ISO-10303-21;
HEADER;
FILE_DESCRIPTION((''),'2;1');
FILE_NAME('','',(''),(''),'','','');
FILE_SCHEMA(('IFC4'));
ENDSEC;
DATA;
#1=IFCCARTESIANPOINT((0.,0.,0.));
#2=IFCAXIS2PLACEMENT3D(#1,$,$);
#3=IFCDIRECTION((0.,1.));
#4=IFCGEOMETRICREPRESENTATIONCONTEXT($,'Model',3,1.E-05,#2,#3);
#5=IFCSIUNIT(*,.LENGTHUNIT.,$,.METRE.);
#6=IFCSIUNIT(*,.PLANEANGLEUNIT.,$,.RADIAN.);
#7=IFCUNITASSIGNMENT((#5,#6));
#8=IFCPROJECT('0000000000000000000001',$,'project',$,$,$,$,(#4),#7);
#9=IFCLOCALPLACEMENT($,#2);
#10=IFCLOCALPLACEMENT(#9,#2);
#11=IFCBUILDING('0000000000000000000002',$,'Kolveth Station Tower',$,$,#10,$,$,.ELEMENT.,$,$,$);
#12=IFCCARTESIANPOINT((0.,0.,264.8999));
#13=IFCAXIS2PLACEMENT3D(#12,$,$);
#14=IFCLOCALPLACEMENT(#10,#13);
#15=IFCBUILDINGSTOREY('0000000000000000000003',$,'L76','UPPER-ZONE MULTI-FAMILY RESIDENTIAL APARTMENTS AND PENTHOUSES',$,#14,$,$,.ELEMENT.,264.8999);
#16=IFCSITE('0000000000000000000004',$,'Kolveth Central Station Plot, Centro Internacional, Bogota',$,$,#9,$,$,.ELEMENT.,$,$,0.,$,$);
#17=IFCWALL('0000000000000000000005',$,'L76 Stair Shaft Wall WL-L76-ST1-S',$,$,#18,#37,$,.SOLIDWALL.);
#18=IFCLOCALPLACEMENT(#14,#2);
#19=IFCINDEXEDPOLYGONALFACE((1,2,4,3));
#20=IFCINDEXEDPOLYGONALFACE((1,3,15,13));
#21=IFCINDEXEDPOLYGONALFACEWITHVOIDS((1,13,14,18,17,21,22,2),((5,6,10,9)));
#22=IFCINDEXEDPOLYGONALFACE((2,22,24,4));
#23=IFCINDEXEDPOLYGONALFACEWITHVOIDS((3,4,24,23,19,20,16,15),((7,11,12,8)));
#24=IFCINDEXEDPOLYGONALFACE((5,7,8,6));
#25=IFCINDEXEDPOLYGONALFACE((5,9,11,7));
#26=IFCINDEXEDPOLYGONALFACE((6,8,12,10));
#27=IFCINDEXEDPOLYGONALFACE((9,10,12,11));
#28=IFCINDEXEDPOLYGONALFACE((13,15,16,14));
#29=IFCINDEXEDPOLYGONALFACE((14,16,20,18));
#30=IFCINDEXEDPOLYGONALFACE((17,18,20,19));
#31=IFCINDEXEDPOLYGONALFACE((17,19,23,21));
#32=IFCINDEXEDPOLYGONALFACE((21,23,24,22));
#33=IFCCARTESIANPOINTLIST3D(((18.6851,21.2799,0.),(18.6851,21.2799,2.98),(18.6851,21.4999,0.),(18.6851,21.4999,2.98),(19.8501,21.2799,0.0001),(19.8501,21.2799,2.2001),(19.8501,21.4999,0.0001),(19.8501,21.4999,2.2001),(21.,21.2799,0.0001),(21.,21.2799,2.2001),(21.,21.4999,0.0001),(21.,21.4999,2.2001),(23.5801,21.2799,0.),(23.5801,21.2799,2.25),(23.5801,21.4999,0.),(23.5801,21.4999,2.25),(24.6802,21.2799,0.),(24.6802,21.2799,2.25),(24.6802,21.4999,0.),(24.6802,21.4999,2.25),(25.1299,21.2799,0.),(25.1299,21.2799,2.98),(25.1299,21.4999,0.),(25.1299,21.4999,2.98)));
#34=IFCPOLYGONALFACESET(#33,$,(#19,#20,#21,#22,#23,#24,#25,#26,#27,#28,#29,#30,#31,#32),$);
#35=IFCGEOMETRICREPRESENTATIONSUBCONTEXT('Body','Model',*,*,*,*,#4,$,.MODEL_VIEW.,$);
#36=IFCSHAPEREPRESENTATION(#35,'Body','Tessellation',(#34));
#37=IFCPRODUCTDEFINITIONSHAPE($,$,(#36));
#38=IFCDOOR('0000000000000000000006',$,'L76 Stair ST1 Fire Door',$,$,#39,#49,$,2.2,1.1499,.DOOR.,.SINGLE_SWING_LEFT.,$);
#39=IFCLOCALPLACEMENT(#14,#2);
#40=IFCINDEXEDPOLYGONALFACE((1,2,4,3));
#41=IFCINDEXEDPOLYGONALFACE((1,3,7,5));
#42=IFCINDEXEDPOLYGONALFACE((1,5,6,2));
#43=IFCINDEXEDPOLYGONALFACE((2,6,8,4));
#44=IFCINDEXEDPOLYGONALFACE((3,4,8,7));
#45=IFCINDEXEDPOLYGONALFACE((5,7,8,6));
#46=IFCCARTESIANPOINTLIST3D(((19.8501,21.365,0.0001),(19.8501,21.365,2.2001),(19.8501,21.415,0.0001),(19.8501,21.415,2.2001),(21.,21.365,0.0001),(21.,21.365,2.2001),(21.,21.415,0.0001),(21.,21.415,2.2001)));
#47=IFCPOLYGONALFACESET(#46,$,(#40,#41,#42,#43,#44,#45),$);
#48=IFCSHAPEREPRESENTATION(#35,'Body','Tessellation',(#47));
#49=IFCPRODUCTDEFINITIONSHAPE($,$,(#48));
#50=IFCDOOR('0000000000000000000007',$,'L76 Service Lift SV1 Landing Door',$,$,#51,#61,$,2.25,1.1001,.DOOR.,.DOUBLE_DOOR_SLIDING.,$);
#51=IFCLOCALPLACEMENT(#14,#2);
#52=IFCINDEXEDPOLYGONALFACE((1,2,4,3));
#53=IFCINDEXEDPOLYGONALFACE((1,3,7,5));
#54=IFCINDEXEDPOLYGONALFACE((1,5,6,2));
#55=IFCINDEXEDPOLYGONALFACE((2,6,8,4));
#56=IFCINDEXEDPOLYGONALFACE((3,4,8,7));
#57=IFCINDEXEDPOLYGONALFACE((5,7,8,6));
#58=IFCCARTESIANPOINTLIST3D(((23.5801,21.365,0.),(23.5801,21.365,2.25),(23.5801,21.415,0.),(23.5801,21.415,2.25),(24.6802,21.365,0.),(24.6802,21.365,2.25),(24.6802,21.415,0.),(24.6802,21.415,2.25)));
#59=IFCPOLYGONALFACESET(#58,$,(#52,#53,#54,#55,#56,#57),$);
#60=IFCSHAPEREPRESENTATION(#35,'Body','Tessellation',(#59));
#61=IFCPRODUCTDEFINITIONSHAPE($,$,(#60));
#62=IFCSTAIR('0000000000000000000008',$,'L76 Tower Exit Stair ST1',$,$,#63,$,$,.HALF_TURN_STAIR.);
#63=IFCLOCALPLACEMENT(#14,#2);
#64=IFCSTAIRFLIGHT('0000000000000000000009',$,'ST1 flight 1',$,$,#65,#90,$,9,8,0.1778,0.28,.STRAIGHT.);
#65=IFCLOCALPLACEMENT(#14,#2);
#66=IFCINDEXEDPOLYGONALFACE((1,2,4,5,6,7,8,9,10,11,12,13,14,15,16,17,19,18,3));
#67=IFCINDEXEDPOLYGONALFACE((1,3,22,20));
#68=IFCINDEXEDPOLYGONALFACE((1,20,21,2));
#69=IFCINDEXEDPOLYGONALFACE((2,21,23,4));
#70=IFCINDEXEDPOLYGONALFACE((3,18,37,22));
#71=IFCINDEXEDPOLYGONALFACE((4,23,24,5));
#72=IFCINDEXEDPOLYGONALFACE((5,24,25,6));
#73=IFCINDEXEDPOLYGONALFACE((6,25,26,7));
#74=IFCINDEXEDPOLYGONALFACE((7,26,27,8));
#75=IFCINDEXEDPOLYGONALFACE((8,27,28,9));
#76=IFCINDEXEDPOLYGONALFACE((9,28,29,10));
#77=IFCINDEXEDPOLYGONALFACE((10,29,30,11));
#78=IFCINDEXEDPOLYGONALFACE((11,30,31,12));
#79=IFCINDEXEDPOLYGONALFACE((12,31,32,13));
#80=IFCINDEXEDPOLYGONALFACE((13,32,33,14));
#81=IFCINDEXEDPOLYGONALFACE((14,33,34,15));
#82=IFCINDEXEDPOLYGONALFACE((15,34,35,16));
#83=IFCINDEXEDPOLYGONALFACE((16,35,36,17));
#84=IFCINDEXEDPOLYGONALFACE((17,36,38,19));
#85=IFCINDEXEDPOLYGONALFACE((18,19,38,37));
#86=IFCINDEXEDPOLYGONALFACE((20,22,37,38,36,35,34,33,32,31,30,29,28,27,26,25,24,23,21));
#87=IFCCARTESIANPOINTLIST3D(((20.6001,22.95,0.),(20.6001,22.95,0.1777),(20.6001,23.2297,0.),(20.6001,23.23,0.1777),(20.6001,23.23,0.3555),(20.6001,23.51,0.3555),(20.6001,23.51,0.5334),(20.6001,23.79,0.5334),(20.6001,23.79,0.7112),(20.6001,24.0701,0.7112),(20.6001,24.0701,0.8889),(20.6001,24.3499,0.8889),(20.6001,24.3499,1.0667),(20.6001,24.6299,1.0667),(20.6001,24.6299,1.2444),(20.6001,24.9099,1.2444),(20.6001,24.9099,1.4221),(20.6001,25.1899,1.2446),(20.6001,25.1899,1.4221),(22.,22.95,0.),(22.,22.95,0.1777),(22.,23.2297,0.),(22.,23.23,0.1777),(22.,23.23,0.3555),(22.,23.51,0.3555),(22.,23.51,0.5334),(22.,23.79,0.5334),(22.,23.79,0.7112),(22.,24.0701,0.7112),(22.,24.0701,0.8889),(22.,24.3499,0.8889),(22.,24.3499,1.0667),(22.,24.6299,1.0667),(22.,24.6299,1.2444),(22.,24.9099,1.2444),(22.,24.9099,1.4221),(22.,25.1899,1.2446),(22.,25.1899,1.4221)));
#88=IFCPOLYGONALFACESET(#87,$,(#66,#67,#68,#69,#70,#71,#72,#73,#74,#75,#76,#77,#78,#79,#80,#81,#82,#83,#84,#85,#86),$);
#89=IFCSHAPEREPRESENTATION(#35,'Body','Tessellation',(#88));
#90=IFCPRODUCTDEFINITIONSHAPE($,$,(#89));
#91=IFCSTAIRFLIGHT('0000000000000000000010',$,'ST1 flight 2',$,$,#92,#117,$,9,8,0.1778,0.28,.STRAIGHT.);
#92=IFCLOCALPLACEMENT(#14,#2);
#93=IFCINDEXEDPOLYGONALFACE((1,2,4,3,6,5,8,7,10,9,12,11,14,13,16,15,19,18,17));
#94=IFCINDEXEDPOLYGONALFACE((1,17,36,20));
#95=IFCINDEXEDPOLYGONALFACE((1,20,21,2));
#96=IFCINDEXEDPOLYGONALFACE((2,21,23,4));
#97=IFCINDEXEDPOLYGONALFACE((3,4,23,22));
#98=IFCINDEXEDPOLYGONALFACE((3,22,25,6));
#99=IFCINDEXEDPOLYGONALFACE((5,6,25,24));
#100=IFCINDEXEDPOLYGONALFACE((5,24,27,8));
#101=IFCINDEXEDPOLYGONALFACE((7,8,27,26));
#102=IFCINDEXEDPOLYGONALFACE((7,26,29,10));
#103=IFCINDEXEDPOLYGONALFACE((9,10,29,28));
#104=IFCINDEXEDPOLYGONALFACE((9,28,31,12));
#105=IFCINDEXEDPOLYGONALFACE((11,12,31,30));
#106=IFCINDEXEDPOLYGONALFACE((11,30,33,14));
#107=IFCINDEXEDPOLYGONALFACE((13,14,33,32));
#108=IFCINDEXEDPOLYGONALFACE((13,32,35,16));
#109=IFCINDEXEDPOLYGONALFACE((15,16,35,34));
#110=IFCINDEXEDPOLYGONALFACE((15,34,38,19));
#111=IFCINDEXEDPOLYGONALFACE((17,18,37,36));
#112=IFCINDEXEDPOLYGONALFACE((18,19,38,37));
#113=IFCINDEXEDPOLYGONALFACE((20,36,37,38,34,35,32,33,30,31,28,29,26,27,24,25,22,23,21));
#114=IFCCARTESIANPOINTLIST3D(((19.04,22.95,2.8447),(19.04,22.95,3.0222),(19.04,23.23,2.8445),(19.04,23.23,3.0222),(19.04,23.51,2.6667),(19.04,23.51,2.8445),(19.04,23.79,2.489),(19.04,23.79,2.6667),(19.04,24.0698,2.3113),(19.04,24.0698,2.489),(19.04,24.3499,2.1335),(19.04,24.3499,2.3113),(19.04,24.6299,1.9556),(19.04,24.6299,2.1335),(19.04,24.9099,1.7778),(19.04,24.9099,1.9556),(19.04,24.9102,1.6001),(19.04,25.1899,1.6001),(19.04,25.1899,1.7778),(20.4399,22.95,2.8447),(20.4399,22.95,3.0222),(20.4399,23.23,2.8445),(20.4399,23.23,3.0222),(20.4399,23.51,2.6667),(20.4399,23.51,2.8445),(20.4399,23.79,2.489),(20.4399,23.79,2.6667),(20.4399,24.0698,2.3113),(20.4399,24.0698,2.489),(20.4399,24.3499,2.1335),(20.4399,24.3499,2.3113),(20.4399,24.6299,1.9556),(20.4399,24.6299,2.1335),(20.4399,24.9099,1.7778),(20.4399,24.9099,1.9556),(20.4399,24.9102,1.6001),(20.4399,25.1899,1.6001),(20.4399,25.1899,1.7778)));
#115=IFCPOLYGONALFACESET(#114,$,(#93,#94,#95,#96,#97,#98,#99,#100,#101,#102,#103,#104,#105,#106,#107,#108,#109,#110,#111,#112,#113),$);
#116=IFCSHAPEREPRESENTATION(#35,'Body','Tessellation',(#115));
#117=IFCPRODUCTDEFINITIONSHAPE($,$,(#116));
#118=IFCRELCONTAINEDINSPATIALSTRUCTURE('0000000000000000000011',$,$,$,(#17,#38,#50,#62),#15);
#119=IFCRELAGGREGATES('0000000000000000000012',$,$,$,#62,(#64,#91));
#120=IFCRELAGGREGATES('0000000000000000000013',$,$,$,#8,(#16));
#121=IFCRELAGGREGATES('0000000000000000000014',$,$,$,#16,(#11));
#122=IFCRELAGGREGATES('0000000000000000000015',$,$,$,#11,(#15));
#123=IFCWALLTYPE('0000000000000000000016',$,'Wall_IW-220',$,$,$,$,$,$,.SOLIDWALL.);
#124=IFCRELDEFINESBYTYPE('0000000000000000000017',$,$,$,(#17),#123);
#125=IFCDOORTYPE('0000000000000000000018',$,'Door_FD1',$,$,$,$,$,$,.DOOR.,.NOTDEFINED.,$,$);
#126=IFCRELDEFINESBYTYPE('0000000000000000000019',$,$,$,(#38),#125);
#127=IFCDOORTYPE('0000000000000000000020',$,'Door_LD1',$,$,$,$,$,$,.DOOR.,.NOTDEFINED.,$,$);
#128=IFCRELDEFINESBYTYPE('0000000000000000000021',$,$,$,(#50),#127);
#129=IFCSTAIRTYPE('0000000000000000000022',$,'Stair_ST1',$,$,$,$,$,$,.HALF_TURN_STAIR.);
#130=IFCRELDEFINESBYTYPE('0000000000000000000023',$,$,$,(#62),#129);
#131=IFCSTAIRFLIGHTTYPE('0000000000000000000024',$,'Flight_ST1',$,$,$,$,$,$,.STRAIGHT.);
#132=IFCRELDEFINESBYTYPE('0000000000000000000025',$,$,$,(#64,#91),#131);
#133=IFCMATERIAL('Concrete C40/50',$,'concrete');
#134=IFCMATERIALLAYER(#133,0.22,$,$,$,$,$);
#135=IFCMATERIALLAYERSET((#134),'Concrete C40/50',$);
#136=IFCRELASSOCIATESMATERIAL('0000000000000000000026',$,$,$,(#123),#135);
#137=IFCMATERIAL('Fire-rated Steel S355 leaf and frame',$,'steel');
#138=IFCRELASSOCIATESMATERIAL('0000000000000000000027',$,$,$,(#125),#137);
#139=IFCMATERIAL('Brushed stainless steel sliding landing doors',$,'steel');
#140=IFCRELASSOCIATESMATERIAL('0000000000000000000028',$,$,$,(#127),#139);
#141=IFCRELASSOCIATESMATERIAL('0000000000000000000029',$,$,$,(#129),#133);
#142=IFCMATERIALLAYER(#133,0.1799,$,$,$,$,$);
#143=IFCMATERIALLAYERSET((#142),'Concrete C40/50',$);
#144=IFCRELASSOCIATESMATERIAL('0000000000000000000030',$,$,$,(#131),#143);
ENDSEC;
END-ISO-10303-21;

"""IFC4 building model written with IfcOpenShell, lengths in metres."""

from ifc_helpers import new_model, si_unit, direction, frame, frame_2d, origin, place, context, subcontext, project, spatial, polyline, rectangle, outline, extrude, material, layer, layer_set, type_object, element, fill, aggregate, save


model = new_model("IFC4")

# Units and contexts
model_context = context("Model", 3, precision=1e-05, world=origin(), true_north=direction((0.0, 1.0)))
body_context = subcontext(model_context, "Body", "Model", "MODEL_VIEW")
ifc_project = project(units=[si_unit("LENGTHUNIT", "METRE"), si_unit("PLANEANGLEUNIT", "RADIAN")], contexts=[model_context])

# Site, building, storey
site_placement = place(None, origin())
site = spatial("IfcSite", under=ifc_project, at=site_placement, Name="Kolveth Central Station Plot, Centro Internacional, Bogota", CompositionType="ELEMENT", RefElevation=0.0)
building_placement = place(site_placement, origin())
building = spatial("IfcBuilding", under=site, at=building_placement, Name="Kolveth Station Tower", CompositionType="ELEMENT")
storey_placement = place(building_placement, frame((0.0, 0.0, 264.8999)))
storey = spatial("IfcBuildingStorey", under=building, at=storey_placement, Name="L76", Description="UPPER-ZONE MULTI-FAMILY RESIDENTIAL APARTMENTS AND PENTHOUSES", CompositionType="ELEMENT", Elevation=264.8999)

# Shared definitions
ifc_material_1 = material(Name="Concrete C40/50", Category="concrete")
ifc_layer_1 = layer(ifc_material_1, 0.22)
ifc_layer_set_1 = layer_set([ifc_layer_1], Name="Concrete C40/50")
wall_type_1 = type_object("IfcWallType", Name="Wall_IW-220", PredefinedType="SOLIDWALL", material=ifc_layer_set_1)

# Wall, openings, doors
wall_1_placement = place(storey_placement, frame((18.6851, 21.3899, 0.0), z_axis=(0.0, 0.0, 1.0), x_axis=(1.0, 0.0, 0.0)))
wall_1 = element("IfcWall", 1, at=wall_1_placement, inside=storey, type_object=wall_type_1, Name="L76 Stair Shaft Wall WL-L76-ST1-S", PredefinedType="SOLIDWALL", context=body_context, shape_type="SweptSolid", body=[
    extrude(rectangle(XDim=6.4448, YDim=0.22, at=frame_2d((3.2224, 0.0))), origin(), (0.0, 0.0, 1.0), 2.98),
])
opening_1_placement = place(wall_1_placement, frame((1.165, 0.0, 0.0)))
opening_1 = element("IfcOpeningElement", 2, at=opening_1_placement, cuts=wall_1, PredefinedType="OPENING", context=body_context, shape_type="SweptSolid", body=[
    extrude(rectangle(XDim=1.1499, YDim=2.2, at=frame_2d((0.575, 1.1001))), frame((0.0, 0.1199, 0.0), z_axis=(0.0, -1.0, 0.0), x_axis=(1.0, 0.0, 0.0)), (0.0, 0.0, 1.0), 0.24),
])
opening_2_placement = place(wall_1_placement, frame((4.895, 0.0, 0.0)))
opening_2 = element("IfcOpeningElement", 3, at=opening_2_placement, cuts=wall_1, PredefinedType="OPENING", context=body_context, shape_type="SweptSolid", body=[
    extrude(rectangle(XDim=1.1001, YDim=2.25, at=frame_2d((0.55, 1.125))), frame((0.0, 0.1199, 0.0), z_axis=(0.0, -1.0, 0.0), x_axis=(1.0, 0.0, 0.0)), (0.0, 0.0, 1.0), 0.24),
])
ifc_material_2 = material(Name="Fire-rated Steel S355 leaf and frame", Category="steel")
door_type_1 = type_object("IfcDoorType", Name="Door_FD1", OperationType="NOTDEFINED", PredefinedType="DOOR", material=ifc_material_2)
door_1_placement = place(opening_1_placement, frame((1.1499, 0.0, 0.0), z_axis=(0.0, 0.0, 1.0), x_axis=(-1.0, 0.0, 0.0)))
door_1 = element("IfcDoor", 4, at=door_1_placement, inside=storey, type_object=door_type_1, Name="L76 Stair ST1 Fire Door", OperationType="SINGLE_SWING_LEFT", OverallHeight=2.2, OverallWidth=1.1499, PredefinedType="DOOR", context=body_context, shape_type="SweptSolid", body=[
    extrude(rectangle(XDim=1.1499, YDim=2.2, at=frame_2d((0.575, 1.1001))), frame((0.0, 0.0249, 0.0), z_axis=(0.0, -1.0, 0.0), x_axis=(1.0, 0.0, 0.0)), (0.0, 0.0, 1.0), 0.05),
])
fill(opening_1, door_1)
ifc_material_3 = material(Name="Brushed stainless steel sliding landing doors", Category="steel")
door_type_2 = type_object("IfcDoorType", Name="Door_LD1", OperationType="NOTDEFINED", PredefinedType="DOOR", material=ifc_material_3)
door_2_placement = place(opening_2_placement, frame((1.1001, 0.0, 0.0), z_axis=(0.0, 0.0, 1.0), x_axis=(-1.0, 0.0, 0.0)))
door_2 = element("IfcDoor", 5, at=door_2_placement, inside=storey, type_object=door_type_2, Name="L76 Service Lift SV1 Landing Door", OperationType="DOUBLE_DOOR_SLIDING", OverallHeight=2.25, OverallWidth=1.1001, PredefinedType="DOOR", context=body_context, shape_type="SweptSolid", body=[
    extrude(rectangle(XDim=1.1001, YDim=2.25, at=frame_2d((0.55, 1.125))), frame((0.0, 0.0249, 0.0), z_axis=(0.0, -1.0, 0.0), x_axis=(1.0, 0.0, 0.0)), (0.0, 0.0, 1.0), 0.05),
])
fill(opening_2, door_2)

# Stair, stair flights
stair_type = type_object("IfcStairType", Name="Stair_ST1", PredefinedType="HALF_TURN_STAIR", material=ifc_material_1)
stair_placement = place(storey_placement, origin())
stair = element("IfcStair", 6, at=stair_placement, inside=storey, type_object=stair_type, Name="L76 Tower Exit Stair ST1", PredefinedType="HALF_TURN_STAIR")
ifc_layer_2 = layer(ifc_material_1, 0.1799)
ifc_layer_set_2 = layer_set([ifc_layer_2], Name="Concrete C40/50")
stair_flight_type = type_object("IfcStairFlightType", Name="Flight_ST1", PredefinedType="STRAIGHT", material=ifc_layer_set_2)
stair_flight_1_placement = place(storey_placement, frame((21.3, 22.95, 0.0), z_axis=(0.0, 0.0, 1.0), x_axis=(0.0, 1.0, 0.0)))
stair_flight_1 = element("IfcStairFlight", 7, at=stair_flight_1_placement, type_object=stair_flight_type, Name="ST1 flight 1", NumberOfRisers=9, NumberOfTreads=8, PredefinedType="STRAIGHT", RiserHeight=0.1778, TreadLength=0.28, context=body_context, shape_type="SweptSolid", body=[
    extrude(outline(polyline([(0.0, 0.0), (0.0, 0.1777), (0.28, 0.1777), (0.28, 0.3555), (0.5601, 0.3555), (0.5601, 0.5334), (0.8401, 0.5334), (0.8401, 0.7112), (1.1201, 0.7112), (1.1201, 0.8889), (1.3999, 0.8889), (1.3999, 1.0667), (1.6799, 1.0667), (1.6799, 1.2444), (1.96, 1.2444), (1.96, 1.4221), (2.24, 1.4221), (2.24, 1.6001), (2.24, 1.2446), (0.2798, 0.0), (0.0, 0.0)])), frame((0.0, 0.7, 0.0), z_axis=(0.0, -1.0, 0.0), x_axis=(1.0, 0.0, 0.0)), (0.0, 0.0, 1.0), 1.3999),
])
stair_flight_2_placement = place(storey_placement, frame((19.74, 25.1899, 1.6001), z_axis=(0.0, 0.0, 1.0), x_axis=(0.0, -1.0, 0.0)))
stair_flight_2 = element("IfcStairFlight", 8, at=stair_flight_2_placement, type_object=stair_flight_type, Name="ST1 flight 2", NumberOfRisers=9, NumberOfTreads=8, PredefinedType="STRAIGHT", RiserHeight=0.1778, TreadLength=0.28, context=body_context, shape_type="SweptSolid", body=[
    extrude(outline(polyline([(0.0, 0.0), (0.0, 0.1777), (0.28, 0.1777), (0.28, 0.3555), (0.5601, 0.3555), (0.5601, 0.5334), (0.8401, 0.5334), (0.8401, 0.7112), (1.1201, 0.7112), (1.1201, 0.8889), (1.3999, 0.8889), (1.3999, 1.0667), (1.6799, 1.0667), (1.6799, 1.2444), (1.96, 1.2444), (1.96, 1.4221), (2.24, 1.4221), (2.24, 1.6001), (2.24, 1.2446), (0.2798, 0.0), (0.0, 0.0)])), frame((0.0, 0.7, 0.0), z_axis=(0.0, -1.0, 0.0), x_axis=(1.0, 0.0, 0.0)), (0.0, 0.0, 1.0), 1.3999),
])
aggregate(stair, [stair_flight_1, stair_flight_2])

save(model, "model.ifc")
